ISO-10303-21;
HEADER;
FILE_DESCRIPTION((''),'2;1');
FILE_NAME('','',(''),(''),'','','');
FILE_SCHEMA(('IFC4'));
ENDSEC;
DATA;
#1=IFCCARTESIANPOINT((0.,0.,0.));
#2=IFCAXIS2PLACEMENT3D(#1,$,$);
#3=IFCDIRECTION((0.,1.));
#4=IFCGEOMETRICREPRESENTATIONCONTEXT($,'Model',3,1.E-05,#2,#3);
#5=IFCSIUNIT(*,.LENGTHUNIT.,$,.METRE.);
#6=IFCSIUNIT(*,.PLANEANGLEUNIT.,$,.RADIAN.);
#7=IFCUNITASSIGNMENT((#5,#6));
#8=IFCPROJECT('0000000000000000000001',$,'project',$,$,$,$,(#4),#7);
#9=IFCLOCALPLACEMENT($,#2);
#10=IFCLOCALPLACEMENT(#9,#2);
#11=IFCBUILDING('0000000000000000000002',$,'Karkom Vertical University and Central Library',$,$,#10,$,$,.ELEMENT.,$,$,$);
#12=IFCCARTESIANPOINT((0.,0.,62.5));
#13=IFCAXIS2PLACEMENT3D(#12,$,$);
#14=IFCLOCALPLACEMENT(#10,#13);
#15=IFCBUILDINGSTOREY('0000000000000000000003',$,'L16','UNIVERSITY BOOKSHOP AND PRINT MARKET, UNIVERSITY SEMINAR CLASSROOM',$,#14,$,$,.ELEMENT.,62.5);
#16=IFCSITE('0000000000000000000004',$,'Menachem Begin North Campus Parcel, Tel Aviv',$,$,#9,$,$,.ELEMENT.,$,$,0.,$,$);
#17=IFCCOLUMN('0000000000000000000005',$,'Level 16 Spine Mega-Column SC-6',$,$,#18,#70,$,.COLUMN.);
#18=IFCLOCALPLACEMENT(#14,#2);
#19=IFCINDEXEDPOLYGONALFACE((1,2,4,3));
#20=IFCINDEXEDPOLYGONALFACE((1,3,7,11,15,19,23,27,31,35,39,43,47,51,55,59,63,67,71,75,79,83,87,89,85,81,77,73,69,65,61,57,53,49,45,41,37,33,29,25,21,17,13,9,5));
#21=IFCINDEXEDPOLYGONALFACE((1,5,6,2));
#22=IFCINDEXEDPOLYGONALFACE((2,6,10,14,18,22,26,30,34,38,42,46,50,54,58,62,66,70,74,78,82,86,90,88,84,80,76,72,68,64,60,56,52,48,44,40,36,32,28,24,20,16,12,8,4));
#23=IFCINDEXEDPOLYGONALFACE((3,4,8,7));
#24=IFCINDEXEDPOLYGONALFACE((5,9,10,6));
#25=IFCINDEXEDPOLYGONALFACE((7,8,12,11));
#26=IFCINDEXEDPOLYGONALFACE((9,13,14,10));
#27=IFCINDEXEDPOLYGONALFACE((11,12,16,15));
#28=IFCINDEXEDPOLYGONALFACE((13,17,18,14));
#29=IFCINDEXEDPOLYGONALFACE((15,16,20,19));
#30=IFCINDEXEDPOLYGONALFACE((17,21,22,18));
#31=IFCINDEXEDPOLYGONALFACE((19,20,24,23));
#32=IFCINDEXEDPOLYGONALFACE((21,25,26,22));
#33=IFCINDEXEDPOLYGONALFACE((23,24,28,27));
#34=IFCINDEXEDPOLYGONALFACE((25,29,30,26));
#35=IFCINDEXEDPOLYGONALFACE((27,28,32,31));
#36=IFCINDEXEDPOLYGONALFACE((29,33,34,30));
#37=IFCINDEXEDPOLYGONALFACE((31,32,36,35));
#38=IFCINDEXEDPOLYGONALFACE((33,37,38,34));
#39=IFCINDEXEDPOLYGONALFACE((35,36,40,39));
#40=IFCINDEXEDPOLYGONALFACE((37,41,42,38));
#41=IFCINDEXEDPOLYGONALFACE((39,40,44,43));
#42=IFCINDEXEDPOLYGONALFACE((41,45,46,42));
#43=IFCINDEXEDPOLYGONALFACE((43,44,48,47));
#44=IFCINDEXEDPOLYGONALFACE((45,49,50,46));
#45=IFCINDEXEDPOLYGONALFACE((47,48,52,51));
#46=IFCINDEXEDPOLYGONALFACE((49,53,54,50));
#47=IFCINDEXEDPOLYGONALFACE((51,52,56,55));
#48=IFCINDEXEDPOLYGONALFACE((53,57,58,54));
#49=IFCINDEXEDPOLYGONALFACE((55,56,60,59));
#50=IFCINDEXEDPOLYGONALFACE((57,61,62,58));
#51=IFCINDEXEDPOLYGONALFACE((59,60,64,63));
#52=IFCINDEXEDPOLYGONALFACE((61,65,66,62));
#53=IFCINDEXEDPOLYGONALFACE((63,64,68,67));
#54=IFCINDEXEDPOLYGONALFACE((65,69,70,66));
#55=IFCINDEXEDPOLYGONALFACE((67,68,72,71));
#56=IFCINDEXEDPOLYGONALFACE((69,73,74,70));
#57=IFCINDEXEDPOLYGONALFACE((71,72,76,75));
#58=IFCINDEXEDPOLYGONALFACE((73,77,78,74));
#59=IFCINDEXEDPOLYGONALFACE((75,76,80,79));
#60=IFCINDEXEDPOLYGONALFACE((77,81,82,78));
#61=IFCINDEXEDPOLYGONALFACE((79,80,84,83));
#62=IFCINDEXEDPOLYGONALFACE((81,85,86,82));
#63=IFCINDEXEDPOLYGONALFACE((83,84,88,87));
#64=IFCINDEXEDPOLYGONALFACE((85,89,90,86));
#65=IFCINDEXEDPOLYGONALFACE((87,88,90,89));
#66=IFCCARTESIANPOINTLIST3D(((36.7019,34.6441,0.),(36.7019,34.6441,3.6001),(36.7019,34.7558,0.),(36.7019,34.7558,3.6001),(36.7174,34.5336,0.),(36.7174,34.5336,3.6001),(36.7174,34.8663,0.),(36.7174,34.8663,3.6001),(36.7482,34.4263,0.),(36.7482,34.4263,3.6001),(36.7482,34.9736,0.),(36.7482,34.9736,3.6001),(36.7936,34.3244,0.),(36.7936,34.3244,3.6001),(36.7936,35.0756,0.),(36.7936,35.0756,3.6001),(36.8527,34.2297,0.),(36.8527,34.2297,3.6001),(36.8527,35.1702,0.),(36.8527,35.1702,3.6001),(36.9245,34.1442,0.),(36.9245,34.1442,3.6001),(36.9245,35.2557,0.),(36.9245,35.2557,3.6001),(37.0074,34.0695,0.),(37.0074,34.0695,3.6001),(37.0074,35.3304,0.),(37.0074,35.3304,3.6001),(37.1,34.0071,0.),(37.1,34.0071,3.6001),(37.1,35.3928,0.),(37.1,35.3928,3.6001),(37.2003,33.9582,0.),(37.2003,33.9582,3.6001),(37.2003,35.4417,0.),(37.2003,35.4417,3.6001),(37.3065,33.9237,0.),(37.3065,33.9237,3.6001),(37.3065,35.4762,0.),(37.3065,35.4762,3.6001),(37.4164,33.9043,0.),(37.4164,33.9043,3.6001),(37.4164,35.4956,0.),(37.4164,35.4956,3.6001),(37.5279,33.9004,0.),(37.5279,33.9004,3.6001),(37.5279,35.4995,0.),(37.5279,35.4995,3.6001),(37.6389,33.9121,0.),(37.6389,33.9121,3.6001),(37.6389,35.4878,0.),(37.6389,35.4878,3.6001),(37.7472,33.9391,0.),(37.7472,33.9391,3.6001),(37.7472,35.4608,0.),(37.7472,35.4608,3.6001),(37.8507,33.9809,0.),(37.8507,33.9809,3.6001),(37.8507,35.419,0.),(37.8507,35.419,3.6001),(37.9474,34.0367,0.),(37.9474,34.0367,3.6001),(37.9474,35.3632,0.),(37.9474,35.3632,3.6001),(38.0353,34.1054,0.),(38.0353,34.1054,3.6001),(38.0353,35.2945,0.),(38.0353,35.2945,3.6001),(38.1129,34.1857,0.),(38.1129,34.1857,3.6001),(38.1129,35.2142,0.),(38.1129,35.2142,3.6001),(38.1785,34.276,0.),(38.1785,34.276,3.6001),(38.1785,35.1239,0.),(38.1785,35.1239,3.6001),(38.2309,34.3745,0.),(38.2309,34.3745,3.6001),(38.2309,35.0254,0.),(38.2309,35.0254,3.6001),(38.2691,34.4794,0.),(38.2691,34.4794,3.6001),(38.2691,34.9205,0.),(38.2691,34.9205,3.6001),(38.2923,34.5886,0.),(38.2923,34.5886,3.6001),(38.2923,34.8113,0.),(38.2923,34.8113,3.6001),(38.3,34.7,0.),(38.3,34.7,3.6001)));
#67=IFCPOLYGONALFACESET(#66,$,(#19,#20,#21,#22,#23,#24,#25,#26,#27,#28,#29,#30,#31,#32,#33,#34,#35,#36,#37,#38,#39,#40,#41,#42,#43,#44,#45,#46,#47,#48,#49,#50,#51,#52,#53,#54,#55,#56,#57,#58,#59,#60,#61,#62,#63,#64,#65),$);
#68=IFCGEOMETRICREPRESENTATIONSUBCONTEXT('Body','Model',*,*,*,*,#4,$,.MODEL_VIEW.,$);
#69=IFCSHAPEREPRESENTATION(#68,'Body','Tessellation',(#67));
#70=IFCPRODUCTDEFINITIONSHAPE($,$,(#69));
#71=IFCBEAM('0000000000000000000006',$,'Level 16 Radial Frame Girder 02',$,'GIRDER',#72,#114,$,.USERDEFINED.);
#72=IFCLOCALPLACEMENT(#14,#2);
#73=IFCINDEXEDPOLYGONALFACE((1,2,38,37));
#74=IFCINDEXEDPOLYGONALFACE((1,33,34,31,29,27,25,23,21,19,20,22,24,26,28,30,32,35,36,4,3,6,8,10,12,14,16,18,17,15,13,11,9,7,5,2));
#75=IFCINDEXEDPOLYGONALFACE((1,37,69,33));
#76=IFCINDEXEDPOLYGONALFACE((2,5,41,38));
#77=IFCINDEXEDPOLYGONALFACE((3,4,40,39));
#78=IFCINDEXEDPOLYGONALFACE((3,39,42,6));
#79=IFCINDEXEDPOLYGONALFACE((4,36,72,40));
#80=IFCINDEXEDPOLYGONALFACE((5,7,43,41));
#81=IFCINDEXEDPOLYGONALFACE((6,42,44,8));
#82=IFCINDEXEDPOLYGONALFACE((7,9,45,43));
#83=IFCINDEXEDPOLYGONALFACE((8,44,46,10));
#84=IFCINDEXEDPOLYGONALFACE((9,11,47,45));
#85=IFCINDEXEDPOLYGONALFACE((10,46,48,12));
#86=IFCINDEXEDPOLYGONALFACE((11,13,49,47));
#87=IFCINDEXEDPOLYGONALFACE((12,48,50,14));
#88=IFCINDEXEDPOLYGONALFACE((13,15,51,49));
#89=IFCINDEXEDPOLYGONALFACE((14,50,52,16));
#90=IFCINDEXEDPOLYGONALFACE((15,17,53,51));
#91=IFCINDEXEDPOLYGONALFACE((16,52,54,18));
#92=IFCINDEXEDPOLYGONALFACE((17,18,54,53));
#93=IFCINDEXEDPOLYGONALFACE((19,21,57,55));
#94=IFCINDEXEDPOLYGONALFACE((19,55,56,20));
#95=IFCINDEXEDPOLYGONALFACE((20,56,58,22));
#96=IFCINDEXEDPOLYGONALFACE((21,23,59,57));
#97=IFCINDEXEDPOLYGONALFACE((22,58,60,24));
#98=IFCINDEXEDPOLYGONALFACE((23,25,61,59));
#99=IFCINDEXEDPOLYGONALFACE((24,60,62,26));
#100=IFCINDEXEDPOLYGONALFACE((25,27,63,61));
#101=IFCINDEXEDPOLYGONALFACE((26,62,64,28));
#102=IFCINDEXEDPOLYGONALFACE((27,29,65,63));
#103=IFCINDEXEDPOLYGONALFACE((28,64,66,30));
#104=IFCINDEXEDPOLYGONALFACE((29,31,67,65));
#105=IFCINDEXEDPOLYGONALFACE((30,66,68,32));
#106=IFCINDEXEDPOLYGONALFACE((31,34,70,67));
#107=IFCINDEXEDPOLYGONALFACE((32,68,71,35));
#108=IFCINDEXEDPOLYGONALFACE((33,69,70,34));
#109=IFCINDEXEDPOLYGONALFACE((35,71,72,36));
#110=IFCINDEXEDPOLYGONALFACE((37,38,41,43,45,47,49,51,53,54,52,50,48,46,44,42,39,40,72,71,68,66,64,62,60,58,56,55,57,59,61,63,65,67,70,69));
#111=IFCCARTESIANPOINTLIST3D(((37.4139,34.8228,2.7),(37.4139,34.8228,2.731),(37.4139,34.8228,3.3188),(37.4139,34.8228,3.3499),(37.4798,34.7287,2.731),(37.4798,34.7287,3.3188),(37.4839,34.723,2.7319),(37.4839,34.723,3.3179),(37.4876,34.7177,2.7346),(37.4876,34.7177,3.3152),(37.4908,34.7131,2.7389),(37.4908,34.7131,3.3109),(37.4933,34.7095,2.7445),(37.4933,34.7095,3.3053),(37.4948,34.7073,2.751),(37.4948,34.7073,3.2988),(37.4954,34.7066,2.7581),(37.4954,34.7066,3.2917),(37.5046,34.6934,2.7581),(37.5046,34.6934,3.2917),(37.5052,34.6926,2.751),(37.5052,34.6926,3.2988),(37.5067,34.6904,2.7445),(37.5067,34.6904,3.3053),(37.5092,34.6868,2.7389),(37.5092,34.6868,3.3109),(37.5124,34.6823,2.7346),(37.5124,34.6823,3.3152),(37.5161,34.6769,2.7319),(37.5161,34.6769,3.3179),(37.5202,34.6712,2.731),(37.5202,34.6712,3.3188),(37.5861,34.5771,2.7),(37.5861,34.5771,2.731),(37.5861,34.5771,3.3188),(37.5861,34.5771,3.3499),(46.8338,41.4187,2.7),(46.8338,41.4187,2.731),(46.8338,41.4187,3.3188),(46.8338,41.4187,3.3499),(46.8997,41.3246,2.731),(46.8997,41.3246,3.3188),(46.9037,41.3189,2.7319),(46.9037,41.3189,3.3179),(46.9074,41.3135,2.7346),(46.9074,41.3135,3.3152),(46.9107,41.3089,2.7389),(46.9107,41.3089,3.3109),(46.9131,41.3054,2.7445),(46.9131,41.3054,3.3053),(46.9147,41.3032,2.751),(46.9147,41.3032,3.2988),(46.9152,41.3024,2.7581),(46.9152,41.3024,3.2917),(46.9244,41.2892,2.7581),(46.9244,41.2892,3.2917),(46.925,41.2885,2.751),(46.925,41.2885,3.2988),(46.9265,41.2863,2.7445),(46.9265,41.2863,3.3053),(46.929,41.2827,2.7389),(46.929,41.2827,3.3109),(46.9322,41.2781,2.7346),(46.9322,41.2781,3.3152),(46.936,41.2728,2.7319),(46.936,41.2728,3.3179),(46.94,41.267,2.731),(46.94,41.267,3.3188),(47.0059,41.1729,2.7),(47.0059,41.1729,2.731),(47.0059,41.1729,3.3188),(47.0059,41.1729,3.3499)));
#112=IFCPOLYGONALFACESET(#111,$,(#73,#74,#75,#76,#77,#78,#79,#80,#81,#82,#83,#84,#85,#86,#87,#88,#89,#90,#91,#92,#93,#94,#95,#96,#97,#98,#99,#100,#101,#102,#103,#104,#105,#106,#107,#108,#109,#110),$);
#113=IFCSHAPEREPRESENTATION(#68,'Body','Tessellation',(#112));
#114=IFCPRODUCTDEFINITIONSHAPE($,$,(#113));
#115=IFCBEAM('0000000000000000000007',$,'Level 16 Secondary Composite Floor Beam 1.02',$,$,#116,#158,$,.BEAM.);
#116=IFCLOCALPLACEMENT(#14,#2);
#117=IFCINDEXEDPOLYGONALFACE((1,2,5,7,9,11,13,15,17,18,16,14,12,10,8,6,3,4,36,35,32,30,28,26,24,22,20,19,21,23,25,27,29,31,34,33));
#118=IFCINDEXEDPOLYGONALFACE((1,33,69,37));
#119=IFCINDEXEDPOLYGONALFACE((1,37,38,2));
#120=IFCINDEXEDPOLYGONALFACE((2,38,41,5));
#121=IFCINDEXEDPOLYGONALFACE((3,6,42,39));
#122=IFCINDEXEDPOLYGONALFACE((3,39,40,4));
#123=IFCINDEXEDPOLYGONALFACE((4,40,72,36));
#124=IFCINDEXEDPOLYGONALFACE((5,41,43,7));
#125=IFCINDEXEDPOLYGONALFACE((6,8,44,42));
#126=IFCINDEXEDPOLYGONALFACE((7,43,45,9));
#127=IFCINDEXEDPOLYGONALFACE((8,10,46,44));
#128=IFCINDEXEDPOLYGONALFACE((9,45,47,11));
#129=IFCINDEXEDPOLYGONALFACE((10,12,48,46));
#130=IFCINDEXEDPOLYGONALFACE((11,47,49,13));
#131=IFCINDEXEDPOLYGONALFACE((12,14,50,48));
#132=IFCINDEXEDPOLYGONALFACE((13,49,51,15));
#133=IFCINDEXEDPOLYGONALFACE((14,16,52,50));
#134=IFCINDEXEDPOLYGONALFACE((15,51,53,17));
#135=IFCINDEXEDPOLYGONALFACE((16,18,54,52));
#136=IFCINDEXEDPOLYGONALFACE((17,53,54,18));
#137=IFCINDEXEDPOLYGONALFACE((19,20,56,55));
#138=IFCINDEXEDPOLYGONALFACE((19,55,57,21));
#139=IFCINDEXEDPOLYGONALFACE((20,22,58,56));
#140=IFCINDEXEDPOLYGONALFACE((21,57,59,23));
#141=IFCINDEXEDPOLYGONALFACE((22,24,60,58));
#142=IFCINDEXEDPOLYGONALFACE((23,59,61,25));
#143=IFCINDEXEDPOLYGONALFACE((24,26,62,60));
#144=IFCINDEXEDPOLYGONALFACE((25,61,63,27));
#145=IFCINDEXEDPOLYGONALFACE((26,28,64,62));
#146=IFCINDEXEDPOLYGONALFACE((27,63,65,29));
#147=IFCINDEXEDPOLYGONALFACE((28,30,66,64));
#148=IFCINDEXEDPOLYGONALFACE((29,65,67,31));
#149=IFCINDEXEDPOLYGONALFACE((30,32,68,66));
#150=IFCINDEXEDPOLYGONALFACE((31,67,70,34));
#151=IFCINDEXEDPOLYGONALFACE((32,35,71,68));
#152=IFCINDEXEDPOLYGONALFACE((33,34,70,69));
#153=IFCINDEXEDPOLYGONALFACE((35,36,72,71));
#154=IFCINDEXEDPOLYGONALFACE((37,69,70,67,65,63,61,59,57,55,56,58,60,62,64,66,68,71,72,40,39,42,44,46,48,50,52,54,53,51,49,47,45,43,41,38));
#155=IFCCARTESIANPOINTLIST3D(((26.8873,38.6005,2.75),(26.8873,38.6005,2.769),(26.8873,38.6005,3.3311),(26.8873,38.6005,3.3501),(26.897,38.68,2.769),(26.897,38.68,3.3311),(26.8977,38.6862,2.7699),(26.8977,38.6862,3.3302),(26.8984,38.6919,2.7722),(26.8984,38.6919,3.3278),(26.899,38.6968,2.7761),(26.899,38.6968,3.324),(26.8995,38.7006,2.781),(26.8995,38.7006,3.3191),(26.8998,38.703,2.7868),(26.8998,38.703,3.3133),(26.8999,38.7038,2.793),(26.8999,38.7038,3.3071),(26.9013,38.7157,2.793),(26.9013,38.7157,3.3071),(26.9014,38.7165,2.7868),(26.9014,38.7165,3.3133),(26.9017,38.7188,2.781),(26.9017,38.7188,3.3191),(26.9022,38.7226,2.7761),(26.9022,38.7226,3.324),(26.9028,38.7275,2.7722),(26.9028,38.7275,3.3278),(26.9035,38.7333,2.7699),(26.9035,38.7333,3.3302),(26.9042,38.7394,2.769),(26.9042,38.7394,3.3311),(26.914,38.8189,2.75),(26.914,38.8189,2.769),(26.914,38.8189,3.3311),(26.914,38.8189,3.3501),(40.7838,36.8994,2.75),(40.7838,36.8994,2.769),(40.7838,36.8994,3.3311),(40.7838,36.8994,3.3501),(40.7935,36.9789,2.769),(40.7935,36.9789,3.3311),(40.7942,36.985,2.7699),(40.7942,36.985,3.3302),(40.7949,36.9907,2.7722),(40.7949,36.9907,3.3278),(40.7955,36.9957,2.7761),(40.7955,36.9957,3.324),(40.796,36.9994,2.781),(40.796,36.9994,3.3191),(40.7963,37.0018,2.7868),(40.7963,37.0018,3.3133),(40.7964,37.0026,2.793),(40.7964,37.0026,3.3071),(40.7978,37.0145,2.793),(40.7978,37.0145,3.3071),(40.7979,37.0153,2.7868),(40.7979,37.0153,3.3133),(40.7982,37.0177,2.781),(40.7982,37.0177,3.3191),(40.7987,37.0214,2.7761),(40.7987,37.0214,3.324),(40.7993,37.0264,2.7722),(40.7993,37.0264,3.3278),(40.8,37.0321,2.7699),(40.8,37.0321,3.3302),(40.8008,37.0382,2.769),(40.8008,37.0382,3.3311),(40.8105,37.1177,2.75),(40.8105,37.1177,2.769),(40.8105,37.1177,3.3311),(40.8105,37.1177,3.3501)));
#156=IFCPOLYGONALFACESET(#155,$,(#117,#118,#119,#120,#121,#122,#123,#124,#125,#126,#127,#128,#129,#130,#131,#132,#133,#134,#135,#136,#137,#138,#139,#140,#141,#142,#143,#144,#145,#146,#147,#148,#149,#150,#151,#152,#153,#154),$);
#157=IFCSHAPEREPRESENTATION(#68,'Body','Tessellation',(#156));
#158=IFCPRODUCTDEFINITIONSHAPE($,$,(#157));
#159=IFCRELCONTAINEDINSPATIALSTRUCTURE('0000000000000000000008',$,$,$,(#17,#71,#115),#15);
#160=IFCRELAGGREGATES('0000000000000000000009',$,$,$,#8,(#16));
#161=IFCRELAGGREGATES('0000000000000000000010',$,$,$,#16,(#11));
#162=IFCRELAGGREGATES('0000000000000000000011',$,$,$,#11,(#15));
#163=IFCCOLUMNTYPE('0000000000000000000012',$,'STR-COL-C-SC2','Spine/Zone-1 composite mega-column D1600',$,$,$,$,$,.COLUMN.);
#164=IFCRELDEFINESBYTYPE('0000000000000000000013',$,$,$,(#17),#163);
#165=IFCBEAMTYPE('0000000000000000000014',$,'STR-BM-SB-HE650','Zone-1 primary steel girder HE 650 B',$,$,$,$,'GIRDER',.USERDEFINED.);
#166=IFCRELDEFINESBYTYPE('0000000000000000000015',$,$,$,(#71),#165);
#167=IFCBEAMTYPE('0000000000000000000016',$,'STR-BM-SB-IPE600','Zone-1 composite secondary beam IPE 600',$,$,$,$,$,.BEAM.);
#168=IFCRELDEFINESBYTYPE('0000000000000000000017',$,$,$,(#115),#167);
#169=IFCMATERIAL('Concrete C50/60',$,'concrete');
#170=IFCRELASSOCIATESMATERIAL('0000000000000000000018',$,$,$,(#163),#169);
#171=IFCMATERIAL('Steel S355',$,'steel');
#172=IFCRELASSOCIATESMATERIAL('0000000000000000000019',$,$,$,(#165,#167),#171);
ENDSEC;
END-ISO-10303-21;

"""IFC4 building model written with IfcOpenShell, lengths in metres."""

from ifc_helpers import new_model, si_unit, direction, frame, origin, origin_with_axes, origin_2d, place, context, subcontext, project, spatial, circle, i_section, extrude, source, transform, mapped, material, material_profile, profile_set, type_object, element, save


model = new_model("IFC4")

# Units and contexts
model_context = context("Model", 3, precision=1e-05, world=origin(), true_north=direction((0.0, 1.0)))
body_context = subcontext(model_context, "Body", "Model", "MODEL_VIEW")
ifc_project = project(units=[si_unit("LENGTHUNIT", "METRE"), si_unit("PLANEANGLEUNIT", "RADIAN")], contexts=[model_context])

# Site, building, storey
site_placement = place(None, origin())
site = spatial("IfcSite", under=ifc_project, at=site_placement, Name="Menachem Begin North Campus Parcel, Tel Aviv", CompositionType="ELEMENT", RefElevation=0.0)
building_placement = place(site_placement, origin())
building = spatial("IfcBuilding", under=site, at=building_placement, Name="Karkom Vertical University and Central Library", CompositionType="ELEMENT")
storey_placement = place(building_placement, frame((0.0, 0.0, 62.5)))
storey = spatial("IfcBuildingStorey", under=building, at=storey_placement, Name="L16", Description="UNIVERSITY BOOKSHOP AND PRINT MARKET, UNIVERSITY SEMINAR CLASSROOM", CompositionType="ELEMENT", Elevation=62.5)

# Column
ifc_material_1 = material(Name="Concrete C50/60", Category="concrete")
ifc_material_profile_1 = material_profile(ifc_material_1, circle(Radius=0.8, at=origin_2d()), Name="CFT-D1600")
ifc_profile_set_1 = profile_set([ifc_material_profile_1], Name="Concrete C50/60")
column_type = type_object("IfcColumnType", Name="STR-COL-C-SC2", Description="Spine/Zone-1 composite mega-column D1600", PredefinedType="COLUMN", material=ifc_profile_set_1)
shared_shape_1 = source(origin_with_axes(), body_context, "Body", "SweptSolid", [
    extrude(circle(Radius=0.8, at=origin_2d()), origin(), (0.0, 0.0, 1.0), 3.6001),
])
column_placement = place(storey_placement, frame((37.5, 34.7, 0.0), z_axis=(0.0, 0.0, 1.0), x_axis=(1.0, 0.0, 0.0)))
element("IfcColumn", 1, at=column_placement, inside=storey, type_object=column_type, Name="Level 16 Spine Mega-Column SC-6", PredefinedType="COLUMN", context=body_context, shape_type="MappedRepresentation", body=[
    mapped(shared_shape_1, transform((0.0, 0.0, 0.0), scale=1.0)),
])

# Beams
ifc_material_2 = material(Name="Steel S355", Category="steel")
ifc_material_profile_2 = material_profile(ifc_material_2, i_section(OverallWidth=0.3, OverallDepth=0.6499, WebThickness=0.0161, FlangeThickness=0.031, FilletRadius=0.0271, at=origin_2d()), Name="HE 650 B")
ifc_profile_set_2 = profile_set([ifc_material_profile_2], Name="Steel S355")
beam_type_1 = type_object("IfcBeamType", Name="STR-BM-SB-HE650", Description="Zone-1 primary steel girder HE 650 B", ElementType="GIRDER", PredefinedType="USERDEFINED", material=ifc_profile_set_2)
shared_shape_2 = source(origin_with_axes(), body_context, "Body", "SweptSolid", [
    extrude(i_section(OverallWidth=0.3, OverallDepth=0.6499, WebThickness=0.0161, FlangeThickness=0.031, FilletRadius=0.0271, at=origin_2d()), origin(), (0.0, 0.0, 1.0), 11.4995),
])
beam_1_placement = place(storey_placement, frame((37.5, 34.7, 3.0249), z_axis=(0.81915, 0.573579, 0.0), x_axis=(-0.573579, 0.81915, 0.0)))
element("IfcBeam", 2, at=beam_1_placement, inside=storey, type_object=beam_type_1, Name="Level 16 Radial Frame Girder 02", ObjectType="GIRDER", PredefinedType="USERDEFINED", context=body_context, shape_type="MappedRepresentation", body=[
    mapped(shared_shape_2, transform((0.0, 0.0, 0.0), scale=1.0)),
])
ifc_material_profile_3 = material_profile(ifc_material_2, i_section(OverallWidth=0.22, OverallDepth=0.6001, WebThickness=0.012, FlangeThickness=0.019, FilletRadius=0.0239, at=origin_2d()), Name="IPE 600")
ifc_profile_set_3 = profile_set([ifc_material_profile_3], Name="Steel S355")
beam_type_2 = type_object("IfcBeamType", Name="STR-BM-SB-IPE600", Description="Zone-1 composite secondary beam IPE 600", PredefinedType="BEAM", material=ifc_profile_set_3)
shared_shape_3 = source(origin_with_axes(), body_context, "Body", "SweptSolid", [
    extrude(i_section(OverallWidth=0.22, OverallDepth=0.6001, WebThickness=0.012, FlangeThickness=0.019, FilletRadius=0.0239, at=origin_2d()), origin(), (0.0, 0.0, 1.0), 14.0002),
])
beam_2_placement = place(storey_placement, frame((40.7971, 37.0085, 3.05), z_axis=(-0.99259, 0.12151, 0.0), x_axis=(-0.12151, -0.99259, 0.0)))
element("IfcBeam", 3, at=beam_2_placement, inside=storey, type_object=beam_type_2, Name="Level 16 Secondary Composite Floor Beam 1.02", PredefinedType="BEAM", context=body_context, shape_type="MappedRepresentation", body=[
    mapped(shared_shape_3, transform((0.0, 0.0, 0.0), scale=1.0)),
])

save(model, "model.ifc")
